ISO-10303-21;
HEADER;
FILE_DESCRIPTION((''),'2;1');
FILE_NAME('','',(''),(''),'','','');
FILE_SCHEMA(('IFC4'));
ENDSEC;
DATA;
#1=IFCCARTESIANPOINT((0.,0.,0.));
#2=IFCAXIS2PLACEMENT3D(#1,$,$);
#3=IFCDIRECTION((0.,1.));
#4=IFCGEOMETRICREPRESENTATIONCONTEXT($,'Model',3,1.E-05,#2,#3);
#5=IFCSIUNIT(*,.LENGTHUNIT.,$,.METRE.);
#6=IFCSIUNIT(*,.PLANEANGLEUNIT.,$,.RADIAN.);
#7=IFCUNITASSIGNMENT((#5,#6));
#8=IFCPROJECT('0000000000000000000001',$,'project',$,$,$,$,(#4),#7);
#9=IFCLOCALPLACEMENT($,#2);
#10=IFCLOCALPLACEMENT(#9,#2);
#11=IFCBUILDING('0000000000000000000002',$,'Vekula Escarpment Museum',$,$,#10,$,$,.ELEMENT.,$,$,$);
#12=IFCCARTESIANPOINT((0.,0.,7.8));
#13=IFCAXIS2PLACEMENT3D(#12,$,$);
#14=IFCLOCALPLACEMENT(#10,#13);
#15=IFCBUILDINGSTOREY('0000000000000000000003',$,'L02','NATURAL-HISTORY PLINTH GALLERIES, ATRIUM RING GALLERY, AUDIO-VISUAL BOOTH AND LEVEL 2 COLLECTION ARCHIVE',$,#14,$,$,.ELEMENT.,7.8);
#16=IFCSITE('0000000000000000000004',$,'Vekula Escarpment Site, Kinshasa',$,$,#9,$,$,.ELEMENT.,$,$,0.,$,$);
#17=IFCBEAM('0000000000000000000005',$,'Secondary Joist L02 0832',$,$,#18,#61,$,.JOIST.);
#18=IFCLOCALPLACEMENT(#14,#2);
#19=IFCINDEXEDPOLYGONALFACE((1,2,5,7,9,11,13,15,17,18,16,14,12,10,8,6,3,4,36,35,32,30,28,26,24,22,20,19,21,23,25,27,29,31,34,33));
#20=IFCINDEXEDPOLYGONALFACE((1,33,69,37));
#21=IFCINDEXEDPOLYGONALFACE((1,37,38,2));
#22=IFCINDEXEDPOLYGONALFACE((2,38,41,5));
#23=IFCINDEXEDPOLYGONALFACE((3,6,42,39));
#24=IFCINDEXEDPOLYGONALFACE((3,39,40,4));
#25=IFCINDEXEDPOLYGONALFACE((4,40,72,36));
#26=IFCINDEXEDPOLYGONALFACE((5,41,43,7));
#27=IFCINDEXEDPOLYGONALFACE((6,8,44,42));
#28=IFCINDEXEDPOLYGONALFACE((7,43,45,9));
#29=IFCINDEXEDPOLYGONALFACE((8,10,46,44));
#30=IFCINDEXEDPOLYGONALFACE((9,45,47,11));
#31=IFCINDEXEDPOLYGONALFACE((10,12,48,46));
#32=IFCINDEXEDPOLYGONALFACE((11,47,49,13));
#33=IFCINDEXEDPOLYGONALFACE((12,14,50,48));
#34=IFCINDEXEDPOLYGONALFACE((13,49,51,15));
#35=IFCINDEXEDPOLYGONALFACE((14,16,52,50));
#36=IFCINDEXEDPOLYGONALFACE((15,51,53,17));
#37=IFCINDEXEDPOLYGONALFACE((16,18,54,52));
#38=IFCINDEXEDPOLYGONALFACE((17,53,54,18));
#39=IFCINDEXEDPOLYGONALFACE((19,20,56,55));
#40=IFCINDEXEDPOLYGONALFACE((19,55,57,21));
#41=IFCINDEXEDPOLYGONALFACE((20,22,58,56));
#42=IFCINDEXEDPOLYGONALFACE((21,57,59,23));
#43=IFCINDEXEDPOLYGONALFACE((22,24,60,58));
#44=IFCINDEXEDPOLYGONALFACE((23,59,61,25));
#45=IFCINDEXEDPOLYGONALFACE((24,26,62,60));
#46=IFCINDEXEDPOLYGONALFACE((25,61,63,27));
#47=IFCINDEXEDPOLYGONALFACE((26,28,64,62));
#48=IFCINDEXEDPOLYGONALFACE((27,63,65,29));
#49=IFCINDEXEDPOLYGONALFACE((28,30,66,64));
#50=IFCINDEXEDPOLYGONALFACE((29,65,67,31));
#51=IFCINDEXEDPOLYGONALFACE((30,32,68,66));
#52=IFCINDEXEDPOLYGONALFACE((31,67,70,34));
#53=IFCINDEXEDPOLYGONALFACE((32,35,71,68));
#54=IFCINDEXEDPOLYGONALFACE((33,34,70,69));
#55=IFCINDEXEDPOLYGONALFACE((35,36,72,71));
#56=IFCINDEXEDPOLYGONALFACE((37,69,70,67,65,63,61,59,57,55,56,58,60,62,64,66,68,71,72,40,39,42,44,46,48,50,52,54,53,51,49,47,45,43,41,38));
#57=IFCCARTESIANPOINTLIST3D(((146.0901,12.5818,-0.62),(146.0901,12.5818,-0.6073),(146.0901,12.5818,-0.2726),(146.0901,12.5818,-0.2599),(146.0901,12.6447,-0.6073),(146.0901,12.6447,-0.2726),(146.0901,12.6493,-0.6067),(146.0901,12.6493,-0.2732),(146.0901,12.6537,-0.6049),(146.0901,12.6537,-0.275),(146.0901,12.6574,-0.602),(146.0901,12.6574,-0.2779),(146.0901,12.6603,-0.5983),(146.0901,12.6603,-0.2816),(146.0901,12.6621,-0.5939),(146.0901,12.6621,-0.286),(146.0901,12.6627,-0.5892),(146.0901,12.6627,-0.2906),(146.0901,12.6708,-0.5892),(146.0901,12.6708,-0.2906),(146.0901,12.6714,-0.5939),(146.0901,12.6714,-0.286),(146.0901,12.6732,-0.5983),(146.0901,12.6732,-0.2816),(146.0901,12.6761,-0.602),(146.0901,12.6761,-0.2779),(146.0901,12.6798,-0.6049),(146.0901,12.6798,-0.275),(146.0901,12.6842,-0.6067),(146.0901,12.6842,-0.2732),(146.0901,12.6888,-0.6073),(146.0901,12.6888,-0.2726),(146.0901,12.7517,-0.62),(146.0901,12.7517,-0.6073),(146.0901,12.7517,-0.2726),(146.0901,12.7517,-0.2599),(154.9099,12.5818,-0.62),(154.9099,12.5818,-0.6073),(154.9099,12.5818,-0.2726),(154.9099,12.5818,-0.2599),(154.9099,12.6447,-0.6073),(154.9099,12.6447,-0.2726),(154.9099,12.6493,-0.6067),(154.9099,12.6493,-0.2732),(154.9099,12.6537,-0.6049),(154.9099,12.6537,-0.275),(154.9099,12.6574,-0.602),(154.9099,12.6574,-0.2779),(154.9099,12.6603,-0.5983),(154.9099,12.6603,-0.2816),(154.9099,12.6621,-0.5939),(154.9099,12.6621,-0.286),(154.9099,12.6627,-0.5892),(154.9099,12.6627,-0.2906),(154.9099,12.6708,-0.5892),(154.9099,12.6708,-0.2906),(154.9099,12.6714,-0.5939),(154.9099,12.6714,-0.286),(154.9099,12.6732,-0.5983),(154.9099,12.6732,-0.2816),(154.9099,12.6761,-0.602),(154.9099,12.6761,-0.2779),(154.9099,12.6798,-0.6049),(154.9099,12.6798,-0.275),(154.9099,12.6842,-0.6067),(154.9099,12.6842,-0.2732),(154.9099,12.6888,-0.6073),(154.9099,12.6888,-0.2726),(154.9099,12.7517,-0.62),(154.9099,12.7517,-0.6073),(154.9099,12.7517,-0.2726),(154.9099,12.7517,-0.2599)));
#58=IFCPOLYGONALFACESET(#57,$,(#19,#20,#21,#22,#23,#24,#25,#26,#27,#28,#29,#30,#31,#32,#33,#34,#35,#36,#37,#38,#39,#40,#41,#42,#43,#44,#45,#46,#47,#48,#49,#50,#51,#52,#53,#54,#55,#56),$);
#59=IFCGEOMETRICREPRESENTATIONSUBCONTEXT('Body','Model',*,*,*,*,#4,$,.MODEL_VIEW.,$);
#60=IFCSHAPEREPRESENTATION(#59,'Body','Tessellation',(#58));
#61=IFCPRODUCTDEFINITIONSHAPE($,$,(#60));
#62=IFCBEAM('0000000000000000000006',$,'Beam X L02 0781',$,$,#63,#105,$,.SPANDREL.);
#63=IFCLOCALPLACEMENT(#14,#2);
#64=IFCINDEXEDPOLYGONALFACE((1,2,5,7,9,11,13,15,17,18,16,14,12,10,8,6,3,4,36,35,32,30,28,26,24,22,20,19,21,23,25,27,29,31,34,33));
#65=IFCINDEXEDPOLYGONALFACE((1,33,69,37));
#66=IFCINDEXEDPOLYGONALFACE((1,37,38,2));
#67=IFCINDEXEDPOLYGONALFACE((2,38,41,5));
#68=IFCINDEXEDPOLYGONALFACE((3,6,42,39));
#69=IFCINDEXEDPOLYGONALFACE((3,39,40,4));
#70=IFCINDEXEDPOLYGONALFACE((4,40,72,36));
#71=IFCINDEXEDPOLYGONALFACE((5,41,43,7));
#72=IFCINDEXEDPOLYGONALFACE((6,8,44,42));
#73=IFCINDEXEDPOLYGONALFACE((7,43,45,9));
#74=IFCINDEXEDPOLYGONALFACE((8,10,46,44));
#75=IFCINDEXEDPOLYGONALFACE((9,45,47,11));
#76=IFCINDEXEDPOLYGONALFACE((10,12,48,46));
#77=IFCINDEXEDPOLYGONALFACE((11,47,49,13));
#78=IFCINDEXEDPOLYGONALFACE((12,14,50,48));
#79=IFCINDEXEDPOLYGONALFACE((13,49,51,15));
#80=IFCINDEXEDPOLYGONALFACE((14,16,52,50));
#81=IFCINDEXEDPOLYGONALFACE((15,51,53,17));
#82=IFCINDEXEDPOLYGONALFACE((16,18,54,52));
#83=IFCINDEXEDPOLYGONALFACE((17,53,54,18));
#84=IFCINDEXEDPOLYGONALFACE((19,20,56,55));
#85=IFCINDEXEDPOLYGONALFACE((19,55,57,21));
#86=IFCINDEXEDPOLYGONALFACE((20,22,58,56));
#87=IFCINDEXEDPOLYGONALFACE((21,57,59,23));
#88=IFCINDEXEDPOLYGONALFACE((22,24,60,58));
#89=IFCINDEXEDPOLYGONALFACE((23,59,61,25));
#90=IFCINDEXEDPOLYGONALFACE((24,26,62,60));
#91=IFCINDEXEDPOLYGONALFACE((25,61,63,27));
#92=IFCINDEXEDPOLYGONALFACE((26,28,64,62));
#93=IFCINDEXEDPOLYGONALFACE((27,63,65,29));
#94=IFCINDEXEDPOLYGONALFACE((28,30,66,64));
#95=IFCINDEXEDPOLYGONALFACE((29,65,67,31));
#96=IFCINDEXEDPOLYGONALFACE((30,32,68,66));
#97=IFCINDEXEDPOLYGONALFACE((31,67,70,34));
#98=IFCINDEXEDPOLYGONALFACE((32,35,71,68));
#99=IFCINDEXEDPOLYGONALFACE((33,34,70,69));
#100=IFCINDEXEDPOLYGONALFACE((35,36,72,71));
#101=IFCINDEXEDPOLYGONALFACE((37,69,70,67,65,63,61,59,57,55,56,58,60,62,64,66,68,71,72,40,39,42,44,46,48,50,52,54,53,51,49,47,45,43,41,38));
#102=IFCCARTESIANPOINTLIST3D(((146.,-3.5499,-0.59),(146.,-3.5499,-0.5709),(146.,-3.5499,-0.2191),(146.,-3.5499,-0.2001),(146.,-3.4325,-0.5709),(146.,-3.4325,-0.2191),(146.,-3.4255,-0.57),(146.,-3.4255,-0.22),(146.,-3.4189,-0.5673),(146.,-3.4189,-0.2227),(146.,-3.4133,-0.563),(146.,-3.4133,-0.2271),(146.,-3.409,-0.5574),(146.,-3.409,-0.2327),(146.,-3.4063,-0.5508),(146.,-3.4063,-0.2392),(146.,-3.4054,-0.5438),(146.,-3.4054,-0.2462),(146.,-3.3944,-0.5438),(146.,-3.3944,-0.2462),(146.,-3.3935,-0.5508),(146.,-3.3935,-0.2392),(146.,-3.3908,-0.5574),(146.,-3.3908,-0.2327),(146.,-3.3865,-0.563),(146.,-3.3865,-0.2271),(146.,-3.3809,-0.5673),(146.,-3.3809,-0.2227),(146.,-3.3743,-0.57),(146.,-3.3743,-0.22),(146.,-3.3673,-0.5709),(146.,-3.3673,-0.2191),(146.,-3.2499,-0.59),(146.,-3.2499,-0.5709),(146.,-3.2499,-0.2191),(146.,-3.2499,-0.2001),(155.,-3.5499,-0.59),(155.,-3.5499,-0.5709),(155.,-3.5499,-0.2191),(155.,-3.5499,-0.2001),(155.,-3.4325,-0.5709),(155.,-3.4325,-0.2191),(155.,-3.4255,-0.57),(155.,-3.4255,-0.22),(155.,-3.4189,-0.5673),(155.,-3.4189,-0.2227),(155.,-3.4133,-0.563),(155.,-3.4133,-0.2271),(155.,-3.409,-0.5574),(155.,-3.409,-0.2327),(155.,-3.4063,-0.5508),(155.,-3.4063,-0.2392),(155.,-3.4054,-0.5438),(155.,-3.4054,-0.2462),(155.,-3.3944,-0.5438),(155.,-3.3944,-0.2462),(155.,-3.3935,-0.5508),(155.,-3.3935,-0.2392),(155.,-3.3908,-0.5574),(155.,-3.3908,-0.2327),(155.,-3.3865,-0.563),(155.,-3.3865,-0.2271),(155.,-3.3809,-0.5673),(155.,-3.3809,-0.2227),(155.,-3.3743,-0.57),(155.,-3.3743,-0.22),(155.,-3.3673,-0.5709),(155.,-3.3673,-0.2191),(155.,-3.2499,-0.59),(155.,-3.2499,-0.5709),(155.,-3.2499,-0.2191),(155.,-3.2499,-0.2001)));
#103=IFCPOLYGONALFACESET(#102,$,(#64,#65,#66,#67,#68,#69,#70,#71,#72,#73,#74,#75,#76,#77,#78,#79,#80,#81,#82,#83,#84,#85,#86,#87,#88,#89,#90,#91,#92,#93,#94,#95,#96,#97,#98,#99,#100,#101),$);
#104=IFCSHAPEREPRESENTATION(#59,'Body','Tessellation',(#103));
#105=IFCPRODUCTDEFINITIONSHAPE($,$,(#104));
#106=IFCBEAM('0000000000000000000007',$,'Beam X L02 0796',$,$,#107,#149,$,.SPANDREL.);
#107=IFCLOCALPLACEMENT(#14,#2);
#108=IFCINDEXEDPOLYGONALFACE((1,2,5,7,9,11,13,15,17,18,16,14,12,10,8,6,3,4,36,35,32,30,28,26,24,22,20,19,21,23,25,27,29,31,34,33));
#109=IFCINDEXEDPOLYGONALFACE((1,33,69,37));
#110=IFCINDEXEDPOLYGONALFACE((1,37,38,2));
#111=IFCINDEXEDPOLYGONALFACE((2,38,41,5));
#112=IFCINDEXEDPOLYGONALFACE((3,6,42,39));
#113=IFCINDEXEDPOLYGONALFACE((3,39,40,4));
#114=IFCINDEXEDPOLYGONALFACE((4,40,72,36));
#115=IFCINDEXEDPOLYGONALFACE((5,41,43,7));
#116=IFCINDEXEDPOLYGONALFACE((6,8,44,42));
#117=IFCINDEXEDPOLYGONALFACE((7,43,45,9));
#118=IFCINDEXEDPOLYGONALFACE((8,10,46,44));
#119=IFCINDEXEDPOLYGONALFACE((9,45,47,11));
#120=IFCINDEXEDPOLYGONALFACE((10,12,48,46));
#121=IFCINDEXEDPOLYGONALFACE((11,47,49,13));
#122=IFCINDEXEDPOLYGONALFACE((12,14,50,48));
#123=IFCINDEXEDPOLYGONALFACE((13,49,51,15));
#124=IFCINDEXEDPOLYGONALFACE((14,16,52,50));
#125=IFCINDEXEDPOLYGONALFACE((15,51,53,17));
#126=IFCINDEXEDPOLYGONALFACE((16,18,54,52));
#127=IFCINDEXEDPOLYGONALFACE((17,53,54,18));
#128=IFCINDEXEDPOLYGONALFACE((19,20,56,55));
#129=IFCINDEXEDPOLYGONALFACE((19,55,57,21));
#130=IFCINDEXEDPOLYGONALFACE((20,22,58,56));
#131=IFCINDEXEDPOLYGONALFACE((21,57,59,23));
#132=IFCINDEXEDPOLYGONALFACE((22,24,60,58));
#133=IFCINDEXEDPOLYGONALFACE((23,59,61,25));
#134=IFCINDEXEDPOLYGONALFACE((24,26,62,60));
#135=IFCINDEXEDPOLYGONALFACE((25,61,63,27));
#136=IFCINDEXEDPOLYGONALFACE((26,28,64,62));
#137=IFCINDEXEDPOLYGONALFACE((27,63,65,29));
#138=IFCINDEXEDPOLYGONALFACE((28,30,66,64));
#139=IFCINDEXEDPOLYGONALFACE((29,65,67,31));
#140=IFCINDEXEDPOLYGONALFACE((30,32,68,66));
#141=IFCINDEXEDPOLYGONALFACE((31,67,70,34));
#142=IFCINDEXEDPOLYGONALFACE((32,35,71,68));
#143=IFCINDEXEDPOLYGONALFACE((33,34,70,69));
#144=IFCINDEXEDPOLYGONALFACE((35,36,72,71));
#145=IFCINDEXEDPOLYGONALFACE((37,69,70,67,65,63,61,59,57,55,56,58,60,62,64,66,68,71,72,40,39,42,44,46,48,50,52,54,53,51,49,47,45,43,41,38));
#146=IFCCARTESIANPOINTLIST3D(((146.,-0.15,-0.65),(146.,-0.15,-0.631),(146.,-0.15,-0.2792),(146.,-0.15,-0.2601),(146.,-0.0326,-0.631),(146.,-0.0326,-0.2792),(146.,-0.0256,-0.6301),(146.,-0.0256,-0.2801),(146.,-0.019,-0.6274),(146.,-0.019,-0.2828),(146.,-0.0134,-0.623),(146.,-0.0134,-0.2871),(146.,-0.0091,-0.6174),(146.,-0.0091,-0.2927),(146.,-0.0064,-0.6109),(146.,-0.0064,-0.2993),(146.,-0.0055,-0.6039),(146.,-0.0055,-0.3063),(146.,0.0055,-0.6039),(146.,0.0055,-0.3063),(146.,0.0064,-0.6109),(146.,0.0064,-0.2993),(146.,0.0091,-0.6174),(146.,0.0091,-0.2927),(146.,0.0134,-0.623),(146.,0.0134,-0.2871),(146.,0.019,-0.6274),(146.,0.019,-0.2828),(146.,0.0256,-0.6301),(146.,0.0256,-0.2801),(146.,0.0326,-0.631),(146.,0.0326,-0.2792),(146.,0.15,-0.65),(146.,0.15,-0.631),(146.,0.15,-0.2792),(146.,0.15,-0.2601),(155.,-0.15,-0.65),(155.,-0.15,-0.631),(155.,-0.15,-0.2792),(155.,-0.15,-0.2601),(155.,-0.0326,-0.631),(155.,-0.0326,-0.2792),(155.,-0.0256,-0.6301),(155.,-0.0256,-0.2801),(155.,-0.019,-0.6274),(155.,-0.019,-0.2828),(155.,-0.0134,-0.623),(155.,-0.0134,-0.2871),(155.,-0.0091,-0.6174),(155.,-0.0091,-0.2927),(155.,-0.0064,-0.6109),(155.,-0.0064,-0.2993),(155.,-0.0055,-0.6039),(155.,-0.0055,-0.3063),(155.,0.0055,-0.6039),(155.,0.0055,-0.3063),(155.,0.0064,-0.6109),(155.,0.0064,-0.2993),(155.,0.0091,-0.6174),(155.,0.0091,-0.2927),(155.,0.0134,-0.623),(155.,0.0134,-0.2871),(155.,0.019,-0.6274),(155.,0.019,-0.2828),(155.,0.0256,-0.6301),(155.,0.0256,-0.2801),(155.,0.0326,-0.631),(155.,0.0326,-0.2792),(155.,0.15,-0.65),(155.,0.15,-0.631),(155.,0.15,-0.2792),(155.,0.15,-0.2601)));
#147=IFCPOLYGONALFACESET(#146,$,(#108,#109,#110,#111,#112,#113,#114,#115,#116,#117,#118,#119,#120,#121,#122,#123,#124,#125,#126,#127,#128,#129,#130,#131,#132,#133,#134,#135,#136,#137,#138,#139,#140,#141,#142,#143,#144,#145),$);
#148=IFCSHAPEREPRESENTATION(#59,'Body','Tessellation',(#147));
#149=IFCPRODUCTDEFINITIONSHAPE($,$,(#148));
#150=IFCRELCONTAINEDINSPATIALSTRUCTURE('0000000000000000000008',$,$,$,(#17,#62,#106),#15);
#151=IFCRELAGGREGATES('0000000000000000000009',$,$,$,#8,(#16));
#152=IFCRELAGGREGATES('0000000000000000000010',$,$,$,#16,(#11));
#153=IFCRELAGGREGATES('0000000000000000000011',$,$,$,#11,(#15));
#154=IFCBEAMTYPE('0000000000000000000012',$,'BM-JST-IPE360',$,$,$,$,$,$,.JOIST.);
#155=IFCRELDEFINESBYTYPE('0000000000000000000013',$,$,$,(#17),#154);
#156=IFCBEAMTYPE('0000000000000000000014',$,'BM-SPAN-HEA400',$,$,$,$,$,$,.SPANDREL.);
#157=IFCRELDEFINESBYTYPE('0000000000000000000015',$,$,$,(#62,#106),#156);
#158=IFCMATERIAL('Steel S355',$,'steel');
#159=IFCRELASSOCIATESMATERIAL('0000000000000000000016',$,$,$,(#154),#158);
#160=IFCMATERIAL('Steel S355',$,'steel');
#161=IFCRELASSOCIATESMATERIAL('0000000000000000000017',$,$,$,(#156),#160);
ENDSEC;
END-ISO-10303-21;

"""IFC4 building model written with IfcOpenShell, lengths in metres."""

from ifc_helpers import new_model, si_unit, direction, frame, origin, origin_2d, place, context, subcontext, project, spatial, i_section, extrude, material, material_profile, profile_set, type_object, element, save


model = new_model("IFC4")

# Units and contexts
model_context = context("Model", 3, precision=1e-05, world=origin(), true_north=direction((0.0, 1.0)))
body_context = subcontext(model_context, "Body", "Model", "MODEL_VIEW")
ifc_project = project(units=[si_unit("LENGTHUNIT", "METRE"), si_unit("PLANEANGLEUNIT", "RADIAN")], contexts=[model_context])

# Site, building, storey
site_placement = place(None, origin())
site = spatial("IfcSite", under=ifc_project, at=site_placement, Name="Vekula Escarpment Site, Kinshasa", CompositionType="ELEMENT", RefElevation=0.0)
building_placement = place(site_placement, origin())
building = spatial("IfcBuilding", under=site, at=building_placement, Name="Vekula Escarpment Museum", CompositionType="ELEMENT")
storey_placement = place(building_placement, frame((0.0, 0.0, 7.8)))
storey = spatial("IfcBuildingStorey", under=building, at=storey_placement, Name="L02", Description="NATURAL-HISTORY PLINTH GALLERIES, ATRIUM RING GALLERY, AUDIO-VISUAL BOOTH AND LEVEL 2 COLLECTION ARCHIVE", CompositionType="ELEMENT", Elevation=7.8)

# Beams
ifc_material_1 = material(Name="Steel S355", Category="steel")
ifc_material_profile_1 = material_profile(ifc_material_1, i_section(OverallWidth=0.1699, OverallDepth=0.3601, WebThickness=0.0081, FlangeThickness=0.0127, FilletRadius=0.0181, at=origin_2d()), Name="IPE 360")
ifc_profile_set_1 = profile_set([ifc_material_profile_1], Name="Steel S355")
beam_type_1 = type_object("IfcBeamType", Name="BM-JST-IPE360", PredefinedType="JOIST", material=ifc_profile_set_1)
for number, where, z_axis, x_axis, name in (
    (1, (146.0901, 12.6667, -0.4399), (1.0, 0.0, 0.0), (0.0, 1.0, 0.0), "Secondary Joist L02 0832"),
):
    element("IfcBeam", number, at=place(storey_placement, frame(where, z_axis=z_axis, x_axis=x_axis)), inside=storey, type_object=beam_type_1, Name=name, PredefinedType="JOIST", context=body_context, shape_type="SweptSolid", body=[
        extrude(i_section(OverallWidth=0.1699, OverallDepth=0.3601, WebThickness=0.0081, FlangeThickness=0.0127, FilletRadius=0.0181, at=origin_2d()), origin(), (0.0, 0.0, 1.0), 8.8198),
    ])
ifc_material_2 = material(Name="Steel S355", Category="steel")
ifc_material_profile_2 = material_profile(ifc_material_2, i_section(OverallWidth=0.3, OverallDepth=0.3899, WebThickness=0.011, FlangeThickness=0.019, FilletRadius=0.0271, at=origin_2d()), Name="HEA 400")
ifc_profile_set_2 = profile_set([ifc_material_profile_2], Name="Steel S355")
beam_type_2 = type_object("IfcBeamType", Name="BM-SPAN-HEA400", PredefinedType="SPANDREL", material=ifc_profile_set_2)
for number, where, z_axis, x_axis, name in (
    (2, (146.0, -3.3999, -0.395), (1.0, 0.0, 0.0), (0.0, 1.0, 0.0), "Beam X L02 0781"),
    (3, (146.0, 0.0, -0.4551), (1.0, 0.0, 0.0), (0.0, 1.0, 0.0), "Beam X L02 0796"),
):
    element("IfcBeam", number, at=place(storey_placement, frame(where, z_axis=z_axis, x_axis=x_axis)), inside=storey, type_object=beam_type_2, Name=name, PredefinedType="SPANDREL", context=body_context, shape_type="SweptSolid", body=[
        extrude(i_section(OverallWidth=0.3, OverallDepth=0.3899, WebThickness=0.011, FlangeThickness=0.019, FilletRadius=0.0271, at=origin_2d()), origin(), (0.0, 0.0, 1.0), 9.0),
    ])

save(model, "model.ifc")
